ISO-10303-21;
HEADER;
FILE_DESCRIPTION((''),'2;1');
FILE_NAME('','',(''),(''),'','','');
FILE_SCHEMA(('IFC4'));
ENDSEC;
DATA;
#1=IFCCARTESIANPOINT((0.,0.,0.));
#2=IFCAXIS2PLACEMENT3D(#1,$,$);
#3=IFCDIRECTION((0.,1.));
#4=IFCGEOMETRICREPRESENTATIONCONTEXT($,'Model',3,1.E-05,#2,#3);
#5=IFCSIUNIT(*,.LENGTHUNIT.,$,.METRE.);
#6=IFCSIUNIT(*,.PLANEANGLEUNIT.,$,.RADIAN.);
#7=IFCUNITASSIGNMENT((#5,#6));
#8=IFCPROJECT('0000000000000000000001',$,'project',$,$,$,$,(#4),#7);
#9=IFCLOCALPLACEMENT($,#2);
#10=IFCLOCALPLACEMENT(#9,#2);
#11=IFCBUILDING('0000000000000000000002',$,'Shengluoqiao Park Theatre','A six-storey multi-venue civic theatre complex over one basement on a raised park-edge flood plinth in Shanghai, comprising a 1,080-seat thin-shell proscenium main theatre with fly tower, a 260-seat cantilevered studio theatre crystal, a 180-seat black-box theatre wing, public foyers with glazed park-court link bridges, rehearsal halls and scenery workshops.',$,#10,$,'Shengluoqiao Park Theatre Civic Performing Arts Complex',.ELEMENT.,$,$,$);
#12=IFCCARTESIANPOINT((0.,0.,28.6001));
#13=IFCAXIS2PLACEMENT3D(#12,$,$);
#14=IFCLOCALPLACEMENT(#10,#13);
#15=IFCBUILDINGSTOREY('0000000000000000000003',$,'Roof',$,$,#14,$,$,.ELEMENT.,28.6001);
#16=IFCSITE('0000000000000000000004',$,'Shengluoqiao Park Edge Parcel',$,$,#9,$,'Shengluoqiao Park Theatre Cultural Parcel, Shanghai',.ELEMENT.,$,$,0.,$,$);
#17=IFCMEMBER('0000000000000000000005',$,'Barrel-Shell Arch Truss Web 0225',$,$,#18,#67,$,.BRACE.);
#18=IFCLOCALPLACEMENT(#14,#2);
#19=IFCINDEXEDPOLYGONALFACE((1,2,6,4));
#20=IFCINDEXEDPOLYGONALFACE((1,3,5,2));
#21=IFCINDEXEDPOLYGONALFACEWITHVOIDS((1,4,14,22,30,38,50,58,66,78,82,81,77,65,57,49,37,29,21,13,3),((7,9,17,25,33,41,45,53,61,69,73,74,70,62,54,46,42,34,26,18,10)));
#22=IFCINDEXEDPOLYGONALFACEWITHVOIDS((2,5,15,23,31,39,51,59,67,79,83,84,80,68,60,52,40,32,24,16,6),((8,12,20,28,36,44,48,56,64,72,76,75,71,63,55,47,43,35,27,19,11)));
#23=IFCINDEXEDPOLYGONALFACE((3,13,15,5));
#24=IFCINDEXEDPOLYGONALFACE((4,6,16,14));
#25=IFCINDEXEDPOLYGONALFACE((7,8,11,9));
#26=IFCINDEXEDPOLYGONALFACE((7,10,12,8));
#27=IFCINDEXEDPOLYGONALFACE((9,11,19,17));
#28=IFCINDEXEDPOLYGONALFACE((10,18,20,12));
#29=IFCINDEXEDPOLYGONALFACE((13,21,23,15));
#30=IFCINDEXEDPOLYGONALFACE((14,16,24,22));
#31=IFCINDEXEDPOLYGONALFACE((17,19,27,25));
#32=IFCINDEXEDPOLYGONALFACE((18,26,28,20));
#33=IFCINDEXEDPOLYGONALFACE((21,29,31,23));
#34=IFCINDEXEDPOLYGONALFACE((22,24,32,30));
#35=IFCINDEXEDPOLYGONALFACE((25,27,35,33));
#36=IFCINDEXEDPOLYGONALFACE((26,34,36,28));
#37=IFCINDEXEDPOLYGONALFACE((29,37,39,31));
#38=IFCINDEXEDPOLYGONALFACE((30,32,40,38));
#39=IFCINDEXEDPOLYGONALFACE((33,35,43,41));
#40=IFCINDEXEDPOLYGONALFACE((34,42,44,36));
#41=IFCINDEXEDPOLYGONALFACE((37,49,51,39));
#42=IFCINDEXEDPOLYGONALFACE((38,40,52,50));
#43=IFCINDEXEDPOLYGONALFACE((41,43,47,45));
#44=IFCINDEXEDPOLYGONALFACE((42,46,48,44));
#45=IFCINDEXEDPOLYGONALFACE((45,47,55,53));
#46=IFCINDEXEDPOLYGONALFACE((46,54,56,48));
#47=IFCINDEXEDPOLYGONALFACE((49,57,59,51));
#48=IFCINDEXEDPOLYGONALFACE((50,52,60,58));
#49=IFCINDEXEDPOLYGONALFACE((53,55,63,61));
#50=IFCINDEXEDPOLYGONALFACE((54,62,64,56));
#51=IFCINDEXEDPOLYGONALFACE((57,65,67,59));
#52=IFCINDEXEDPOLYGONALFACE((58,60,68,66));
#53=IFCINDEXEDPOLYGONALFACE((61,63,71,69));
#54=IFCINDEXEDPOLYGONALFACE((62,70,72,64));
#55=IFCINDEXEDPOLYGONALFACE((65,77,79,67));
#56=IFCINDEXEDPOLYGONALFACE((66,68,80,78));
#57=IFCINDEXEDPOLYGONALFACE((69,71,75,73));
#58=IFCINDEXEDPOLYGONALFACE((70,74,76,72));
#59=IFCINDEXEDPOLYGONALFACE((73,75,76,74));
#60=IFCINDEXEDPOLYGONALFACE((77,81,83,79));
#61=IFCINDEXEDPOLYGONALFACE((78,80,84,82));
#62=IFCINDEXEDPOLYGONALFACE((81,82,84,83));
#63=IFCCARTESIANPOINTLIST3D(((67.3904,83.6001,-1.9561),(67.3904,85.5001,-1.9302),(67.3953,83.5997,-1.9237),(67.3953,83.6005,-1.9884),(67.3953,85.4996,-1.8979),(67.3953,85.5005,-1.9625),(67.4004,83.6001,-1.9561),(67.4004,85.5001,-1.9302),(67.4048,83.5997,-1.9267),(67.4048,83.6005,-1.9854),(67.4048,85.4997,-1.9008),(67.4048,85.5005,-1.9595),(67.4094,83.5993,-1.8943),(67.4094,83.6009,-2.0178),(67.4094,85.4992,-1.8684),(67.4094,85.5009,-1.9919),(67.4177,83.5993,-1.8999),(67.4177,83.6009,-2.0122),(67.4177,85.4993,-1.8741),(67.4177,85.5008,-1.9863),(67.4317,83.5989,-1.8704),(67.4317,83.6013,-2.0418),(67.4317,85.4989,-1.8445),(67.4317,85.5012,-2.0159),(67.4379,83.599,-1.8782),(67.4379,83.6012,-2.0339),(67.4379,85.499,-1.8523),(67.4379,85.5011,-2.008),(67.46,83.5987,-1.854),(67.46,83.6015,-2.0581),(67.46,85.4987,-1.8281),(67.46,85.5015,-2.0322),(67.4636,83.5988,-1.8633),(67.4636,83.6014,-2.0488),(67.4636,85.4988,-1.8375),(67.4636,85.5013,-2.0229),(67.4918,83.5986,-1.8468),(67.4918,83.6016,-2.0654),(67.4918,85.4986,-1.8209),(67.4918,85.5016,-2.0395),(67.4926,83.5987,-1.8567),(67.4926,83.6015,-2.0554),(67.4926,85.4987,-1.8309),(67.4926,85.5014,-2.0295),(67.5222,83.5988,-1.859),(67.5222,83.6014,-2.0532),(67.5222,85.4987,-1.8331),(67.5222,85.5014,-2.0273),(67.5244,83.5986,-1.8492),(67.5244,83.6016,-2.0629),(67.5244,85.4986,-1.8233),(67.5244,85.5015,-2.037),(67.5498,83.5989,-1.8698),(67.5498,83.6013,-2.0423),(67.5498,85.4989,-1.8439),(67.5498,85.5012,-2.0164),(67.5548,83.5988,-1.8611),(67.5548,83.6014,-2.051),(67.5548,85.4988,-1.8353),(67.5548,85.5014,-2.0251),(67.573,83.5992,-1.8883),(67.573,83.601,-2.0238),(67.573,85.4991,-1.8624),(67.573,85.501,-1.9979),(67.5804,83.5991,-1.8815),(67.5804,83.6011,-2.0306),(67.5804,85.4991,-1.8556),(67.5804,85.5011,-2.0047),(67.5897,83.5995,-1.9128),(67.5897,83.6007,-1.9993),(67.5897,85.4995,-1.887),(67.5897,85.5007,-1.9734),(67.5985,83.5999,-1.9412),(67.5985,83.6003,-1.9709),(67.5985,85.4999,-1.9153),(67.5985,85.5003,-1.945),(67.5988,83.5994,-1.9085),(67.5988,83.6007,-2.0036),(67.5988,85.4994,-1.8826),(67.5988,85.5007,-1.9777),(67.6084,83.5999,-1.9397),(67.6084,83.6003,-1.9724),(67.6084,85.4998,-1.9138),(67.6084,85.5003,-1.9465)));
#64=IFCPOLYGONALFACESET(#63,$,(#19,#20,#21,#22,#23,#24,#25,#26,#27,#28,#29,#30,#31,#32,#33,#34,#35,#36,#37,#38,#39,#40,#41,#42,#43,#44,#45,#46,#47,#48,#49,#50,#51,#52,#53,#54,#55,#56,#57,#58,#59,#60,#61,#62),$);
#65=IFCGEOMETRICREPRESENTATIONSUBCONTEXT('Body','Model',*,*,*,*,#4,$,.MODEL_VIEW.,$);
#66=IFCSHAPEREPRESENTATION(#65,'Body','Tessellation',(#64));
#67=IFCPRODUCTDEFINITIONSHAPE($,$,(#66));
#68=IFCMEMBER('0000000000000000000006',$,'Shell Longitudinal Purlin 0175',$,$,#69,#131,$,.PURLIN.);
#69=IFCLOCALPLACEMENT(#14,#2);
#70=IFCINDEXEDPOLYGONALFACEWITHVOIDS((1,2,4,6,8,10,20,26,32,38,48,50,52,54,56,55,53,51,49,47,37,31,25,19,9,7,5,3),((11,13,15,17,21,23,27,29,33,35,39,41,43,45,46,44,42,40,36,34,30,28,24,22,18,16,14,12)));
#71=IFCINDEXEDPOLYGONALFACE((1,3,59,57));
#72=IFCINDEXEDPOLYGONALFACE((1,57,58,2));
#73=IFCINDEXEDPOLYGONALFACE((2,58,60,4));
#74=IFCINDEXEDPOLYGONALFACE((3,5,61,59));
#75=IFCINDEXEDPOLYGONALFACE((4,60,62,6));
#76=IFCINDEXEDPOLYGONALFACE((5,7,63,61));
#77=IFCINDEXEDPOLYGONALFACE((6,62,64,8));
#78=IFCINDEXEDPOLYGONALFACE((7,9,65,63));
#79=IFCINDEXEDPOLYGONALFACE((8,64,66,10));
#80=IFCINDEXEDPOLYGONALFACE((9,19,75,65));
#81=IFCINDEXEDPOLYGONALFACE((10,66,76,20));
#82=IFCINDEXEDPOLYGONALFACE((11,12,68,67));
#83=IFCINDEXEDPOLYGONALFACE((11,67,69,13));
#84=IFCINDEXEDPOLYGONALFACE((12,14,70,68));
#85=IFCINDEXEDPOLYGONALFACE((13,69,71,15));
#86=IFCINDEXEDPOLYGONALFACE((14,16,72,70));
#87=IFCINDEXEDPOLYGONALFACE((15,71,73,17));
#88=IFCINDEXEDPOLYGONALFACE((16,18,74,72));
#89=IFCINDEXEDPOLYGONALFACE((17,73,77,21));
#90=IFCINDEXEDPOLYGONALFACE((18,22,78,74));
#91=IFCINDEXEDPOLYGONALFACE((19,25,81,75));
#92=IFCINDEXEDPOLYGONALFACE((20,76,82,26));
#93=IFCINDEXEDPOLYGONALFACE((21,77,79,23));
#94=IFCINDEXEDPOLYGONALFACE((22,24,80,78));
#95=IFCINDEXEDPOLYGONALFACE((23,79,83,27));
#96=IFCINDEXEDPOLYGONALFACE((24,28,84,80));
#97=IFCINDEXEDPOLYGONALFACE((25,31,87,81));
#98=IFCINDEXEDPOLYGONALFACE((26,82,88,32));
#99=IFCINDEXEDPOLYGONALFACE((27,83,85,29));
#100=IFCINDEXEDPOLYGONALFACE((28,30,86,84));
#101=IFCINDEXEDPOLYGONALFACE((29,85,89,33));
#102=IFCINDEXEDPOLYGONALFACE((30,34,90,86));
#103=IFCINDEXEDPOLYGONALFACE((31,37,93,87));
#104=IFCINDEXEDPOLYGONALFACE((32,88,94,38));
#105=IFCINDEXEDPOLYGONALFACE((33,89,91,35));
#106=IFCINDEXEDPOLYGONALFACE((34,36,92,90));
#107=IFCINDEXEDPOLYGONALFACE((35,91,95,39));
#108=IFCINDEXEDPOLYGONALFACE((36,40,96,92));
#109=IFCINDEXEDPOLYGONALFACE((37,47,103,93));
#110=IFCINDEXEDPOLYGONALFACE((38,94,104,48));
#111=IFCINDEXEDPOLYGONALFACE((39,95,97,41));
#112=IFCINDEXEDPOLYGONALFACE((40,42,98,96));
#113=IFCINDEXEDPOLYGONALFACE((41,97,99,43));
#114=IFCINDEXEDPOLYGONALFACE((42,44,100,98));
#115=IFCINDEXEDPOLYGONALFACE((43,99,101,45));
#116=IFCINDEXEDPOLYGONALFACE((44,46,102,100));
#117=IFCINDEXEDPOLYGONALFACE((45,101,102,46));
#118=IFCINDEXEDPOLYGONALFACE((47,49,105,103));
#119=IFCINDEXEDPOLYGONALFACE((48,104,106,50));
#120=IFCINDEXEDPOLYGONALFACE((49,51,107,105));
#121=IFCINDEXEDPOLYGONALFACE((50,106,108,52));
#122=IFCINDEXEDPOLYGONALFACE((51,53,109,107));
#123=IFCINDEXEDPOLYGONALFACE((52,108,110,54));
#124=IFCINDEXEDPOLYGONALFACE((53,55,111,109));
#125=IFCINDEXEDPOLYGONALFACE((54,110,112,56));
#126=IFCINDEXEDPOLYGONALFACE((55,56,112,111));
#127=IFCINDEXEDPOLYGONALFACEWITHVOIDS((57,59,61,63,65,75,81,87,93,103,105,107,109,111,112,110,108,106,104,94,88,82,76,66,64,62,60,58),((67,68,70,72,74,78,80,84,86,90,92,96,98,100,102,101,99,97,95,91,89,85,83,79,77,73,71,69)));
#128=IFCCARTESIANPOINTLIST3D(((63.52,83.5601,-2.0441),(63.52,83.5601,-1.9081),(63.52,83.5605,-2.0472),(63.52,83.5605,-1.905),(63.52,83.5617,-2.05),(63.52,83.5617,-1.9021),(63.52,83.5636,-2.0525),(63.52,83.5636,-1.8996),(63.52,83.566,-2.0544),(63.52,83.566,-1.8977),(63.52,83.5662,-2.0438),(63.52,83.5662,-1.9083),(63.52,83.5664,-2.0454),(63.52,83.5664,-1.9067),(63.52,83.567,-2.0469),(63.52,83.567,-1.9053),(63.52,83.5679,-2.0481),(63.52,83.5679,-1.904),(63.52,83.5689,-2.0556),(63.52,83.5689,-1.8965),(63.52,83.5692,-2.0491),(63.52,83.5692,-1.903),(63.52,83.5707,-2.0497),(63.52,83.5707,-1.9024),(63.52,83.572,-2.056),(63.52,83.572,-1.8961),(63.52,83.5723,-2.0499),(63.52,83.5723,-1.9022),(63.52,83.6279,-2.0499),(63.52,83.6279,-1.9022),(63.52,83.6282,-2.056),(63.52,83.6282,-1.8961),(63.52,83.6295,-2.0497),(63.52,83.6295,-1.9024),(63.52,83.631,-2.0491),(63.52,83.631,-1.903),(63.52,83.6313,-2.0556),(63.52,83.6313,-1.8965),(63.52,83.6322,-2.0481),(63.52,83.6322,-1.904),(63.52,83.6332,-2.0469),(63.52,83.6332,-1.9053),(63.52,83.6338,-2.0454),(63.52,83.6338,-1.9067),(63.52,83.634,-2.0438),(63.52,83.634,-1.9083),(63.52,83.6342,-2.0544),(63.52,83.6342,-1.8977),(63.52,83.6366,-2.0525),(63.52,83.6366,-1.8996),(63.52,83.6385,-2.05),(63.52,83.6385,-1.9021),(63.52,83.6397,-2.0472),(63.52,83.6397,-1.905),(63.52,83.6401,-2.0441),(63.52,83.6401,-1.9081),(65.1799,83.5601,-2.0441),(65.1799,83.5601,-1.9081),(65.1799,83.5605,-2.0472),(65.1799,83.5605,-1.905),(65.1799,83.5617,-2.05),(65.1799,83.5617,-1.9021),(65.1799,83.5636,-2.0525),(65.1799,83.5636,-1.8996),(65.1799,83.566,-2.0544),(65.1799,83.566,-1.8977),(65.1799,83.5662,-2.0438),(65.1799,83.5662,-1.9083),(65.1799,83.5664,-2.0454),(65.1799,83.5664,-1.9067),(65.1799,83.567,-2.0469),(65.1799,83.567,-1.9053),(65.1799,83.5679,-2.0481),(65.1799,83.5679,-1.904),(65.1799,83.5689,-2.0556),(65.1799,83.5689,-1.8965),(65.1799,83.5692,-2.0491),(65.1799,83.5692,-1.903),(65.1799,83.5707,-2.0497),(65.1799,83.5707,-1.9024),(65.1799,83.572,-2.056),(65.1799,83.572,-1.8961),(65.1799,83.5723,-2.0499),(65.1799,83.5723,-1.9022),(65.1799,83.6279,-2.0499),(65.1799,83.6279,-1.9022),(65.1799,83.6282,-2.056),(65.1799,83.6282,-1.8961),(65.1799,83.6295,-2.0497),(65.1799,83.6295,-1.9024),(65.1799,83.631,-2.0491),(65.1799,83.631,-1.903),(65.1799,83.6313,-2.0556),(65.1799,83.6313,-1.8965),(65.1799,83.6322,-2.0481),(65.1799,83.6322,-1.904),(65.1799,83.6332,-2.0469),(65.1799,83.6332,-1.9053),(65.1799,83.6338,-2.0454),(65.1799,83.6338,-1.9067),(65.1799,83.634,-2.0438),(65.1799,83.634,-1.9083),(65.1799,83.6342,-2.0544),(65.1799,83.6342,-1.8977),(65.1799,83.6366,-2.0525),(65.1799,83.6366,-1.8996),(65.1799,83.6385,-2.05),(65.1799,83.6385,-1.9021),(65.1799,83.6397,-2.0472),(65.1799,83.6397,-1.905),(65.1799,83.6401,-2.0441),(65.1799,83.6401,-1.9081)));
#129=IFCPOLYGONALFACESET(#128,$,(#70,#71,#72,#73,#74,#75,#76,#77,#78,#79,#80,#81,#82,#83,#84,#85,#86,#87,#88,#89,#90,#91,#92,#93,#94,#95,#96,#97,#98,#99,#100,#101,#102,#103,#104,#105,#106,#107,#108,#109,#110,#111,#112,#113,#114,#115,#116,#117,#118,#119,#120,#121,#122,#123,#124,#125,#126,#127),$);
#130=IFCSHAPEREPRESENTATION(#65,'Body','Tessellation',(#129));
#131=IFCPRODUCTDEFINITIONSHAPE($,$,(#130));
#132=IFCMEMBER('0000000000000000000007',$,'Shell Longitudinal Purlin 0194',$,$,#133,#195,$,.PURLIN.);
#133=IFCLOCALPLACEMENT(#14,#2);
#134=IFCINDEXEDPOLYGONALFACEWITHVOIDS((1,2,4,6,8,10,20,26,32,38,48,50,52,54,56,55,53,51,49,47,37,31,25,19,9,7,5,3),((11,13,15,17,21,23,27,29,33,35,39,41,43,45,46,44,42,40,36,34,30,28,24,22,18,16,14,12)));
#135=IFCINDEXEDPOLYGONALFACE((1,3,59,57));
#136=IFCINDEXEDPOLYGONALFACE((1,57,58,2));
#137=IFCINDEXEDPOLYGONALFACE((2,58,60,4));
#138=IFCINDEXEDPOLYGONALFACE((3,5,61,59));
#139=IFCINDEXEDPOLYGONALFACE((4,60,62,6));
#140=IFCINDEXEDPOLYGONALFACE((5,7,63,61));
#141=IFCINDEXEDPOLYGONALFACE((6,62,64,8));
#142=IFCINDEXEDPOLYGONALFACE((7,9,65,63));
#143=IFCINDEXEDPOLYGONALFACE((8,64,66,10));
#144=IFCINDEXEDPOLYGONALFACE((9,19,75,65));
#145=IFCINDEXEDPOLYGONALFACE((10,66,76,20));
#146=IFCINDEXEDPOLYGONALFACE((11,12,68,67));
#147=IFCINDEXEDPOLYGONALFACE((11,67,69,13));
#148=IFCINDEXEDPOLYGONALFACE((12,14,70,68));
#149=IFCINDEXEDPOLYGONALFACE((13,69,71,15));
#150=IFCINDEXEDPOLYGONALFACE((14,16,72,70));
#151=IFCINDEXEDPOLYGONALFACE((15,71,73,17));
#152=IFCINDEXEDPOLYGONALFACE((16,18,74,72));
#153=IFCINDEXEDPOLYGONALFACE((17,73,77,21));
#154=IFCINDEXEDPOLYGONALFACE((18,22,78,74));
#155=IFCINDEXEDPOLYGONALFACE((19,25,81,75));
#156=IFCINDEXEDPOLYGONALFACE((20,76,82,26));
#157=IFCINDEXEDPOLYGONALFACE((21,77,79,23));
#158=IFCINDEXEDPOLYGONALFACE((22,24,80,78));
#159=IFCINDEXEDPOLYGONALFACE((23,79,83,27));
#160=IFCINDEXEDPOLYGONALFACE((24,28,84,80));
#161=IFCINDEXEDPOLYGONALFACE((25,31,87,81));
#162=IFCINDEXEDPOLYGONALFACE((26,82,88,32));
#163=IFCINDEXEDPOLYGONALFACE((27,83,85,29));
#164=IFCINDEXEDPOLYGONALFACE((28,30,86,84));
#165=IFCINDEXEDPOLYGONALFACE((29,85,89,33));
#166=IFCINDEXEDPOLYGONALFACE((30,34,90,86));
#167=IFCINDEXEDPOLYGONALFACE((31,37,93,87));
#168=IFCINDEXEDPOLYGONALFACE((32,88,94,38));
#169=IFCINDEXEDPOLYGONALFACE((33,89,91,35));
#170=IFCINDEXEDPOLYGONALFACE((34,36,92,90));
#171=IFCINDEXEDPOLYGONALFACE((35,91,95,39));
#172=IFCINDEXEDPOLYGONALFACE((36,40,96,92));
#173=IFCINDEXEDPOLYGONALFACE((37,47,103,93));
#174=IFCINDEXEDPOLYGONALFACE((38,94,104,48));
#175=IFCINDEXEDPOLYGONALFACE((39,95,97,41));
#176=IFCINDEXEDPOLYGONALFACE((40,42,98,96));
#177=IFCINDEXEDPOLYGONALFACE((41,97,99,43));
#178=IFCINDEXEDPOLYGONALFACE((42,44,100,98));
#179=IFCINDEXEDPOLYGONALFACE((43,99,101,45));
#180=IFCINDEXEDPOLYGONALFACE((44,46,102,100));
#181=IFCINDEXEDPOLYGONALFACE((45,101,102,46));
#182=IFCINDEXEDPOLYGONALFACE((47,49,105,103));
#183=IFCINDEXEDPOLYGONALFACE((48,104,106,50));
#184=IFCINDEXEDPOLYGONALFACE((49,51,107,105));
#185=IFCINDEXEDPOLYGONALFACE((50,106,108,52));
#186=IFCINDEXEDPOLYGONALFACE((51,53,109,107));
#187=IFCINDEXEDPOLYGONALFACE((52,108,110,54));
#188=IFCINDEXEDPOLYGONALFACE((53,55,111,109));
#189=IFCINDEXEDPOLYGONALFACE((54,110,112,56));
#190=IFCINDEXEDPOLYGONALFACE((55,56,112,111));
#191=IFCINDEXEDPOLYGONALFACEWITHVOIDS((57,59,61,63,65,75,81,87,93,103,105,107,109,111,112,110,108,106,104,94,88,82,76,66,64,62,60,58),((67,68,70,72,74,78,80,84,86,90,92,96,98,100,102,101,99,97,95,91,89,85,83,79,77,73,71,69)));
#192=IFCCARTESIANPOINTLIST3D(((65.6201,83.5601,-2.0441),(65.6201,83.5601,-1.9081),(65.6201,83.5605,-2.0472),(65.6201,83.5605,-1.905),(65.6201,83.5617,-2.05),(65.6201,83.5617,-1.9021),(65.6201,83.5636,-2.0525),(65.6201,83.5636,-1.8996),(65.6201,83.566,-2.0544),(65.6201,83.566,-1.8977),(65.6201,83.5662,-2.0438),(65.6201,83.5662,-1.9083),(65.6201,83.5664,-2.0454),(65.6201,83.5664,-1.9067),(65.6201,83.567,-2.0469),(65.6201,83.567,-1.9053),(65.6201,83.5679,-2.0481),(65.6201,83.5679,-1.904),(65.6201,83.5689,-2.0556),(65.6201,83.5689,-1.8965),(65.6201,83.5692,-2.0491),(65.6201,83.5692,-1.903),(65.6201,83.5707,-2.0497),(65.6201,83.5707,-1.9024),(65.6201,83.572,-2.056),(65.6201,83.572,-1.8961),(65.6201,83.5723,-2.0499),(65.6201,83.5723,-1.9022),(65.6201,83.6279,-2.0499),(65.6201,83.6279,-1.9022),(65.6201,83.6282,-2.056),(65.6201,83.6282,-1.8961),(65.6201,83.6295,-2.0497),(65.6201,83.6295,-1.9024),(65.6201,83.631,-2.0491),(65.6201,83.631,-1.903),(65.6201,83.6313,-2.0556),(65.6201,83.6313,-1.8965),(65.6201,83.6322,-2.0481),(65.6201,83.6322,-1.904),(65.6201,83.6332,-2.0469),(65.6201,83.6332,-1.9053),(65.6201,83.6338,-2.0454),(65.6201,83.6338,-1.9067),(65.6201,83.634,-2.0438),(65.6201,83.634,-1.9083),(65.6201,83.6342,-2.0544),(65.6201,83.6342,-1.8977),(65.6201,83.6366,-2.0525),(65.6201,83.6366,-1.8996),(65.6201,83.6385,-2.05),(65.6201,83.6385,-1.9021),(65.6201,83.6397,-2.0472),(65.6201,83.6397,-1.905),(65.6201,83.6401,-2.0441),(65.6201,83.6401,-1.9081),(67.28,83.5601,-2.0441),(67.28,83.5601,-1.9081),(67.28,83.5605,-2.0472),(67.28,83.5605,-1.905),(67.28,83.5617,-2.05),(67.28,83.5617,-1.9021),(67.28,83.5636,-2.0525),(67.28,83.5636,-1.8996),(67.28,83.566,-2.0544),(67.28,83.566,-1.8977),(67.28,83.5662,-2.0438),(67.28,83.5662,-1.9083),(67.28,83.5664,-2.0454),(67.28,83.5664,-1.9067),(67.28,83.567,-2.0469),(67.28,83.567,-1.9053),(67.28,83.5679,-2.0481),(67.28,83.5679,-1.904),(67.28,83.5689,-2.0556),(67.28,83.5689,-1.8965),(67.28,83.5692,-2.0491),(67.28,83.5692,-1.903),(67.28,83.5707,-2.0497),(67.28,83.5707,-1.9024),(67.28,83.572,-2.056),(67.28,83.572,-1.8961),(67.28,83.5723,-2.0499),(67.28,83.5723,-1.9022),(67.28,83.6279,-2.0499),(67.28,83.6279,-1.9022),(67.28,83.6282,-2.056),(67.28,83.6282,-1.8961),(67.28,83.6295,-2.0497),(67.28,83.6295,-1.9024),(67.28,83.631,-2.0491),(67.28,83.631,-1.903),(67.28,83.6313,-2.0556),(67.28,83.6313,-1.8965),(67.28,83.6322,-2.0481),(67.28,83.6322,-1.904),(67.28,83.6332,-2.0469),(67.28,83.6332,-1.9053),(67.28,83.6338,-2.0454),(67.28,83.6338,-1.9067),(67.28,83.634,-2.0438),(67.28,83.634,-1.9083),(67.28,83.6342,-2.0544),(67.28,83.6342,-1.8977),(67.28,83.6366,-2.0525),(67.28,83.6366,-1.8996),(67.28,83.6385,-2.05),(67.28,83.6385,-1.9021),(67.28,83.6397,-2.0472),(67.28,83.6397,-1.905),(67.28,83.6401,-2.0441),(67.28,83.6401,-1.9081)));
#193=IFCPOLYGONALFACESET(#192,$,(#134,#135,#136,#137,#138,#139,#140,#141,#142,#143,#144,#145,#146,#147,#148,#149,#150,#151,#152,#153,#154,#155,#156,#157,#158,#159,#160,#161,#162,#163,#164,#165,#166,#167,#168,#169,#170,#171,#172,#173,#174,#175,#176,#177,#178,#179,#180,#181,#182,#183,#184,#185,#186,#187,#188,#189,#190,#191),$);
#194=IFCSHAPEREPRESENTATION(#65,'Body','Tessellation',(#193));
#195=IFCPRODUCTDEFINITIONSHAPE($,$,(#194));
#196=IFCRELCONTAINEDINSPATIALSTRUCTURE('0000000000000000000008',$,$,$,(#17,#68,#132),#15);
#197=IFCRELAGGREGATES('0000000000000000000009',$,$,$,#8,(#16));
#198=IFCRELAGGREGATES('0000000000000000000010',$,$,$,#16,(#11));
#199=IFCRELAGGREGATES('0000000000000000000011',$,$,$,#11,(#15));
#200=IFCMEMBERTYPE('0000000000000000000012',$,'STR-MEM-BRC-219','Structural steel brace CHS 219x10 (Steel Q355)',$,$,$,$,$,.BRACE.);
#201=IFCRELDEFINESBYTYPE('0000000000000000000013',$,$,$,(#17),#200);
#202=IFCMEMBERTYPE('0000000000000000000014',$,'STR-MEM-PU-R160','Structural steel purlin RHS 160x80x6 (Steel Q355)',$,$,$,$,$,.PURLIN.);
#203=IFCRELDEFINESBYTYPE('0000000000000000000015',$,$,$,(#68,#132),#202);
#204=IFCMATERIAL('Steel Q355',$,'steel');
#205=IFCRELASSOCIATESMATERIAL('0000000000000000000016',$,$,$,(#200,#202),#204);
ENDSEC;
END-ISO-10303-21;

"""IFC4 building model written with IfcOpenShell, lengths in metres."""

from ifc_helpers import new_model, si_unit, direction, frame, origin, origin_2d, place, context, subcontext, project, spatial, hollow_rectangle, hollow_circle, extrude, material, material_profile, profile_set, type_object, element, save


model = new_model("IFC4")

# Units and contexts
model_context = context("Model", 3, precision=1e-05, world=origin(), true_north=direction((0.0, 1.0)))
body_context = subcontext(model_context, "Body", "Model", "MODEL_VIEW")
ifc_project = project(units=[si_unit("LENGTHUNIT", "METRE"), si_unit("PLANEANGLEUNIT", "RADIAN")], contexts=[model_context])

# Site, building, storey
site_placement = place(None, origin())
site = spatial("IfcSite", under=ifc_project, at=site_placement, Name="Shengluoqiao Park Edge Parcel", LongName="Shengluoqiao Park Theatre Cultural Parcel, Shanghai", CompositionType="ELEMENT", RefElevation=0.0)
building_placement = place(site_placement, origin())
building = spatial("IfcBuilding", under=site, at=building_placement, Name="Shengluoqiao Park Theatre", Description="A six-storey multi-venue civic theatre complex over one basement on a raised park-edge flood plinth in Shanghai, comprising a 1,080-seat thin-shell proscenium main theatre with fly tower, a 260-seat cantilevered studio theatre crystal, a 180-seat black-box theatre wing, public foyers with glazed park-court link bridges, rehearsal halls and scenery workshops.", LongName="Shengluoqiao Park Theatre Civic Performing Arts Complex", CompositionType="ELEMENT")
storey_placement = place(building_placement, frame((0.0, 0.0, 28.6001)))
storey = spatial("IfcBuildingStorey", under=building, at=storey_placement, Name="Roof", CompositionType="ELEMENT", Elevation=28.6001)

# Shared definitions
ifc_material_1 = material(Name="Steel Q355", Category="steel")

# Members
ifc_material_profile_1 = material_profile(ifc_material_1, hollow_circle(Radius=0.1096, WallThickness=0.01, at=origin_2d()), Name="CHS 219x10")
ifc_profile_set_1 = profile_set([ifc_material_profile_1], Name="Steel Q355")
member_type_1 = type_object("IfcMemberType", Name="STR-MEM-BRC-219", Description="Structural steel brace CHS 219x10 (Steel Q355)", PredefinedType="BRACE", material=ifc_profile_set_1)
for number, where, z_axis, x_axis, name in (
    (1, (67.5, 83.6001, -1.9561), (0.0, 0.999907, 0.01362), (-1.0, 0.0, 0.0), "Barrel-Shell Arch Truss Web 0225"),
):
    element("IfcMember", number, at=place(storey_placement, frame(where, z_axis=z_axis, x_axis=x_axis)), inside=storey, type_object=member_type_1, Name=name, PredefinedType="BRACE", context=body_context, shape_type="SweptSolid", body=[
        extrude(hollow_circle(Radius=0.1096, WallThickness=0.01, at=origin_2d()), origin(), (0.0, 0.0, 1.0), 1.9001),
    ])
ifc_material_profile_2 = material_profile(ifc_material_1, hollow_rectangle(XDim=0.0801, YDim=0.1599, WallThickness=0.0061, InnerFilletRadius=0.0061, OuterFilletRadius=0.012, at=origin_2d()), Name="RHS 160x80x6")
ifc_profile_set_2 = profile_set([ifc_material_profile_2], Name="Steel Q355")
member_type_2 = type_object("IfcMemberType", Name="STR-MEM-PU-R160", Description="Structural steel purlin RHS 160x80x6 (Steel Q355)", PredefinedType="PURLIN", material=ifc_profile_set_2)
for number, where, z_axis, x_axis, name in (
    (2, (63.52, 83.6001, -1.9761), (1.0, 0.0, 0.0), (0.0, 1.0, 0.0), "Shell Longitudinal Purlin 0175"),
    (3, (65.6201, 83.6001, -1.9761), (1.0, 0.0, 0.0), (0.0, 1.0, 0.0), "Shell Longitudinal Purlin 0194"),
):
    element("IfcMember", number, at=place(storey_placement, frame(where, z_axis=z_axis, x_axis=x_axis)), inside=storey, type_object=member_type_2, Name=name, PredefinedType="PURLIN", context=body_context, shape_type="SweptSolid", body=[
        extrude(hollow_rectangle(XDim=0.0801, YDim=0.1599, WallThickness=0.0061, InnerFilletRadius=0.0061, OuterFilletRadius=0.012, at=origin_2d()), origin(), (0.0, 0.0, 1.0), 1.6599),
    ])

save(model, "model.ifc")
